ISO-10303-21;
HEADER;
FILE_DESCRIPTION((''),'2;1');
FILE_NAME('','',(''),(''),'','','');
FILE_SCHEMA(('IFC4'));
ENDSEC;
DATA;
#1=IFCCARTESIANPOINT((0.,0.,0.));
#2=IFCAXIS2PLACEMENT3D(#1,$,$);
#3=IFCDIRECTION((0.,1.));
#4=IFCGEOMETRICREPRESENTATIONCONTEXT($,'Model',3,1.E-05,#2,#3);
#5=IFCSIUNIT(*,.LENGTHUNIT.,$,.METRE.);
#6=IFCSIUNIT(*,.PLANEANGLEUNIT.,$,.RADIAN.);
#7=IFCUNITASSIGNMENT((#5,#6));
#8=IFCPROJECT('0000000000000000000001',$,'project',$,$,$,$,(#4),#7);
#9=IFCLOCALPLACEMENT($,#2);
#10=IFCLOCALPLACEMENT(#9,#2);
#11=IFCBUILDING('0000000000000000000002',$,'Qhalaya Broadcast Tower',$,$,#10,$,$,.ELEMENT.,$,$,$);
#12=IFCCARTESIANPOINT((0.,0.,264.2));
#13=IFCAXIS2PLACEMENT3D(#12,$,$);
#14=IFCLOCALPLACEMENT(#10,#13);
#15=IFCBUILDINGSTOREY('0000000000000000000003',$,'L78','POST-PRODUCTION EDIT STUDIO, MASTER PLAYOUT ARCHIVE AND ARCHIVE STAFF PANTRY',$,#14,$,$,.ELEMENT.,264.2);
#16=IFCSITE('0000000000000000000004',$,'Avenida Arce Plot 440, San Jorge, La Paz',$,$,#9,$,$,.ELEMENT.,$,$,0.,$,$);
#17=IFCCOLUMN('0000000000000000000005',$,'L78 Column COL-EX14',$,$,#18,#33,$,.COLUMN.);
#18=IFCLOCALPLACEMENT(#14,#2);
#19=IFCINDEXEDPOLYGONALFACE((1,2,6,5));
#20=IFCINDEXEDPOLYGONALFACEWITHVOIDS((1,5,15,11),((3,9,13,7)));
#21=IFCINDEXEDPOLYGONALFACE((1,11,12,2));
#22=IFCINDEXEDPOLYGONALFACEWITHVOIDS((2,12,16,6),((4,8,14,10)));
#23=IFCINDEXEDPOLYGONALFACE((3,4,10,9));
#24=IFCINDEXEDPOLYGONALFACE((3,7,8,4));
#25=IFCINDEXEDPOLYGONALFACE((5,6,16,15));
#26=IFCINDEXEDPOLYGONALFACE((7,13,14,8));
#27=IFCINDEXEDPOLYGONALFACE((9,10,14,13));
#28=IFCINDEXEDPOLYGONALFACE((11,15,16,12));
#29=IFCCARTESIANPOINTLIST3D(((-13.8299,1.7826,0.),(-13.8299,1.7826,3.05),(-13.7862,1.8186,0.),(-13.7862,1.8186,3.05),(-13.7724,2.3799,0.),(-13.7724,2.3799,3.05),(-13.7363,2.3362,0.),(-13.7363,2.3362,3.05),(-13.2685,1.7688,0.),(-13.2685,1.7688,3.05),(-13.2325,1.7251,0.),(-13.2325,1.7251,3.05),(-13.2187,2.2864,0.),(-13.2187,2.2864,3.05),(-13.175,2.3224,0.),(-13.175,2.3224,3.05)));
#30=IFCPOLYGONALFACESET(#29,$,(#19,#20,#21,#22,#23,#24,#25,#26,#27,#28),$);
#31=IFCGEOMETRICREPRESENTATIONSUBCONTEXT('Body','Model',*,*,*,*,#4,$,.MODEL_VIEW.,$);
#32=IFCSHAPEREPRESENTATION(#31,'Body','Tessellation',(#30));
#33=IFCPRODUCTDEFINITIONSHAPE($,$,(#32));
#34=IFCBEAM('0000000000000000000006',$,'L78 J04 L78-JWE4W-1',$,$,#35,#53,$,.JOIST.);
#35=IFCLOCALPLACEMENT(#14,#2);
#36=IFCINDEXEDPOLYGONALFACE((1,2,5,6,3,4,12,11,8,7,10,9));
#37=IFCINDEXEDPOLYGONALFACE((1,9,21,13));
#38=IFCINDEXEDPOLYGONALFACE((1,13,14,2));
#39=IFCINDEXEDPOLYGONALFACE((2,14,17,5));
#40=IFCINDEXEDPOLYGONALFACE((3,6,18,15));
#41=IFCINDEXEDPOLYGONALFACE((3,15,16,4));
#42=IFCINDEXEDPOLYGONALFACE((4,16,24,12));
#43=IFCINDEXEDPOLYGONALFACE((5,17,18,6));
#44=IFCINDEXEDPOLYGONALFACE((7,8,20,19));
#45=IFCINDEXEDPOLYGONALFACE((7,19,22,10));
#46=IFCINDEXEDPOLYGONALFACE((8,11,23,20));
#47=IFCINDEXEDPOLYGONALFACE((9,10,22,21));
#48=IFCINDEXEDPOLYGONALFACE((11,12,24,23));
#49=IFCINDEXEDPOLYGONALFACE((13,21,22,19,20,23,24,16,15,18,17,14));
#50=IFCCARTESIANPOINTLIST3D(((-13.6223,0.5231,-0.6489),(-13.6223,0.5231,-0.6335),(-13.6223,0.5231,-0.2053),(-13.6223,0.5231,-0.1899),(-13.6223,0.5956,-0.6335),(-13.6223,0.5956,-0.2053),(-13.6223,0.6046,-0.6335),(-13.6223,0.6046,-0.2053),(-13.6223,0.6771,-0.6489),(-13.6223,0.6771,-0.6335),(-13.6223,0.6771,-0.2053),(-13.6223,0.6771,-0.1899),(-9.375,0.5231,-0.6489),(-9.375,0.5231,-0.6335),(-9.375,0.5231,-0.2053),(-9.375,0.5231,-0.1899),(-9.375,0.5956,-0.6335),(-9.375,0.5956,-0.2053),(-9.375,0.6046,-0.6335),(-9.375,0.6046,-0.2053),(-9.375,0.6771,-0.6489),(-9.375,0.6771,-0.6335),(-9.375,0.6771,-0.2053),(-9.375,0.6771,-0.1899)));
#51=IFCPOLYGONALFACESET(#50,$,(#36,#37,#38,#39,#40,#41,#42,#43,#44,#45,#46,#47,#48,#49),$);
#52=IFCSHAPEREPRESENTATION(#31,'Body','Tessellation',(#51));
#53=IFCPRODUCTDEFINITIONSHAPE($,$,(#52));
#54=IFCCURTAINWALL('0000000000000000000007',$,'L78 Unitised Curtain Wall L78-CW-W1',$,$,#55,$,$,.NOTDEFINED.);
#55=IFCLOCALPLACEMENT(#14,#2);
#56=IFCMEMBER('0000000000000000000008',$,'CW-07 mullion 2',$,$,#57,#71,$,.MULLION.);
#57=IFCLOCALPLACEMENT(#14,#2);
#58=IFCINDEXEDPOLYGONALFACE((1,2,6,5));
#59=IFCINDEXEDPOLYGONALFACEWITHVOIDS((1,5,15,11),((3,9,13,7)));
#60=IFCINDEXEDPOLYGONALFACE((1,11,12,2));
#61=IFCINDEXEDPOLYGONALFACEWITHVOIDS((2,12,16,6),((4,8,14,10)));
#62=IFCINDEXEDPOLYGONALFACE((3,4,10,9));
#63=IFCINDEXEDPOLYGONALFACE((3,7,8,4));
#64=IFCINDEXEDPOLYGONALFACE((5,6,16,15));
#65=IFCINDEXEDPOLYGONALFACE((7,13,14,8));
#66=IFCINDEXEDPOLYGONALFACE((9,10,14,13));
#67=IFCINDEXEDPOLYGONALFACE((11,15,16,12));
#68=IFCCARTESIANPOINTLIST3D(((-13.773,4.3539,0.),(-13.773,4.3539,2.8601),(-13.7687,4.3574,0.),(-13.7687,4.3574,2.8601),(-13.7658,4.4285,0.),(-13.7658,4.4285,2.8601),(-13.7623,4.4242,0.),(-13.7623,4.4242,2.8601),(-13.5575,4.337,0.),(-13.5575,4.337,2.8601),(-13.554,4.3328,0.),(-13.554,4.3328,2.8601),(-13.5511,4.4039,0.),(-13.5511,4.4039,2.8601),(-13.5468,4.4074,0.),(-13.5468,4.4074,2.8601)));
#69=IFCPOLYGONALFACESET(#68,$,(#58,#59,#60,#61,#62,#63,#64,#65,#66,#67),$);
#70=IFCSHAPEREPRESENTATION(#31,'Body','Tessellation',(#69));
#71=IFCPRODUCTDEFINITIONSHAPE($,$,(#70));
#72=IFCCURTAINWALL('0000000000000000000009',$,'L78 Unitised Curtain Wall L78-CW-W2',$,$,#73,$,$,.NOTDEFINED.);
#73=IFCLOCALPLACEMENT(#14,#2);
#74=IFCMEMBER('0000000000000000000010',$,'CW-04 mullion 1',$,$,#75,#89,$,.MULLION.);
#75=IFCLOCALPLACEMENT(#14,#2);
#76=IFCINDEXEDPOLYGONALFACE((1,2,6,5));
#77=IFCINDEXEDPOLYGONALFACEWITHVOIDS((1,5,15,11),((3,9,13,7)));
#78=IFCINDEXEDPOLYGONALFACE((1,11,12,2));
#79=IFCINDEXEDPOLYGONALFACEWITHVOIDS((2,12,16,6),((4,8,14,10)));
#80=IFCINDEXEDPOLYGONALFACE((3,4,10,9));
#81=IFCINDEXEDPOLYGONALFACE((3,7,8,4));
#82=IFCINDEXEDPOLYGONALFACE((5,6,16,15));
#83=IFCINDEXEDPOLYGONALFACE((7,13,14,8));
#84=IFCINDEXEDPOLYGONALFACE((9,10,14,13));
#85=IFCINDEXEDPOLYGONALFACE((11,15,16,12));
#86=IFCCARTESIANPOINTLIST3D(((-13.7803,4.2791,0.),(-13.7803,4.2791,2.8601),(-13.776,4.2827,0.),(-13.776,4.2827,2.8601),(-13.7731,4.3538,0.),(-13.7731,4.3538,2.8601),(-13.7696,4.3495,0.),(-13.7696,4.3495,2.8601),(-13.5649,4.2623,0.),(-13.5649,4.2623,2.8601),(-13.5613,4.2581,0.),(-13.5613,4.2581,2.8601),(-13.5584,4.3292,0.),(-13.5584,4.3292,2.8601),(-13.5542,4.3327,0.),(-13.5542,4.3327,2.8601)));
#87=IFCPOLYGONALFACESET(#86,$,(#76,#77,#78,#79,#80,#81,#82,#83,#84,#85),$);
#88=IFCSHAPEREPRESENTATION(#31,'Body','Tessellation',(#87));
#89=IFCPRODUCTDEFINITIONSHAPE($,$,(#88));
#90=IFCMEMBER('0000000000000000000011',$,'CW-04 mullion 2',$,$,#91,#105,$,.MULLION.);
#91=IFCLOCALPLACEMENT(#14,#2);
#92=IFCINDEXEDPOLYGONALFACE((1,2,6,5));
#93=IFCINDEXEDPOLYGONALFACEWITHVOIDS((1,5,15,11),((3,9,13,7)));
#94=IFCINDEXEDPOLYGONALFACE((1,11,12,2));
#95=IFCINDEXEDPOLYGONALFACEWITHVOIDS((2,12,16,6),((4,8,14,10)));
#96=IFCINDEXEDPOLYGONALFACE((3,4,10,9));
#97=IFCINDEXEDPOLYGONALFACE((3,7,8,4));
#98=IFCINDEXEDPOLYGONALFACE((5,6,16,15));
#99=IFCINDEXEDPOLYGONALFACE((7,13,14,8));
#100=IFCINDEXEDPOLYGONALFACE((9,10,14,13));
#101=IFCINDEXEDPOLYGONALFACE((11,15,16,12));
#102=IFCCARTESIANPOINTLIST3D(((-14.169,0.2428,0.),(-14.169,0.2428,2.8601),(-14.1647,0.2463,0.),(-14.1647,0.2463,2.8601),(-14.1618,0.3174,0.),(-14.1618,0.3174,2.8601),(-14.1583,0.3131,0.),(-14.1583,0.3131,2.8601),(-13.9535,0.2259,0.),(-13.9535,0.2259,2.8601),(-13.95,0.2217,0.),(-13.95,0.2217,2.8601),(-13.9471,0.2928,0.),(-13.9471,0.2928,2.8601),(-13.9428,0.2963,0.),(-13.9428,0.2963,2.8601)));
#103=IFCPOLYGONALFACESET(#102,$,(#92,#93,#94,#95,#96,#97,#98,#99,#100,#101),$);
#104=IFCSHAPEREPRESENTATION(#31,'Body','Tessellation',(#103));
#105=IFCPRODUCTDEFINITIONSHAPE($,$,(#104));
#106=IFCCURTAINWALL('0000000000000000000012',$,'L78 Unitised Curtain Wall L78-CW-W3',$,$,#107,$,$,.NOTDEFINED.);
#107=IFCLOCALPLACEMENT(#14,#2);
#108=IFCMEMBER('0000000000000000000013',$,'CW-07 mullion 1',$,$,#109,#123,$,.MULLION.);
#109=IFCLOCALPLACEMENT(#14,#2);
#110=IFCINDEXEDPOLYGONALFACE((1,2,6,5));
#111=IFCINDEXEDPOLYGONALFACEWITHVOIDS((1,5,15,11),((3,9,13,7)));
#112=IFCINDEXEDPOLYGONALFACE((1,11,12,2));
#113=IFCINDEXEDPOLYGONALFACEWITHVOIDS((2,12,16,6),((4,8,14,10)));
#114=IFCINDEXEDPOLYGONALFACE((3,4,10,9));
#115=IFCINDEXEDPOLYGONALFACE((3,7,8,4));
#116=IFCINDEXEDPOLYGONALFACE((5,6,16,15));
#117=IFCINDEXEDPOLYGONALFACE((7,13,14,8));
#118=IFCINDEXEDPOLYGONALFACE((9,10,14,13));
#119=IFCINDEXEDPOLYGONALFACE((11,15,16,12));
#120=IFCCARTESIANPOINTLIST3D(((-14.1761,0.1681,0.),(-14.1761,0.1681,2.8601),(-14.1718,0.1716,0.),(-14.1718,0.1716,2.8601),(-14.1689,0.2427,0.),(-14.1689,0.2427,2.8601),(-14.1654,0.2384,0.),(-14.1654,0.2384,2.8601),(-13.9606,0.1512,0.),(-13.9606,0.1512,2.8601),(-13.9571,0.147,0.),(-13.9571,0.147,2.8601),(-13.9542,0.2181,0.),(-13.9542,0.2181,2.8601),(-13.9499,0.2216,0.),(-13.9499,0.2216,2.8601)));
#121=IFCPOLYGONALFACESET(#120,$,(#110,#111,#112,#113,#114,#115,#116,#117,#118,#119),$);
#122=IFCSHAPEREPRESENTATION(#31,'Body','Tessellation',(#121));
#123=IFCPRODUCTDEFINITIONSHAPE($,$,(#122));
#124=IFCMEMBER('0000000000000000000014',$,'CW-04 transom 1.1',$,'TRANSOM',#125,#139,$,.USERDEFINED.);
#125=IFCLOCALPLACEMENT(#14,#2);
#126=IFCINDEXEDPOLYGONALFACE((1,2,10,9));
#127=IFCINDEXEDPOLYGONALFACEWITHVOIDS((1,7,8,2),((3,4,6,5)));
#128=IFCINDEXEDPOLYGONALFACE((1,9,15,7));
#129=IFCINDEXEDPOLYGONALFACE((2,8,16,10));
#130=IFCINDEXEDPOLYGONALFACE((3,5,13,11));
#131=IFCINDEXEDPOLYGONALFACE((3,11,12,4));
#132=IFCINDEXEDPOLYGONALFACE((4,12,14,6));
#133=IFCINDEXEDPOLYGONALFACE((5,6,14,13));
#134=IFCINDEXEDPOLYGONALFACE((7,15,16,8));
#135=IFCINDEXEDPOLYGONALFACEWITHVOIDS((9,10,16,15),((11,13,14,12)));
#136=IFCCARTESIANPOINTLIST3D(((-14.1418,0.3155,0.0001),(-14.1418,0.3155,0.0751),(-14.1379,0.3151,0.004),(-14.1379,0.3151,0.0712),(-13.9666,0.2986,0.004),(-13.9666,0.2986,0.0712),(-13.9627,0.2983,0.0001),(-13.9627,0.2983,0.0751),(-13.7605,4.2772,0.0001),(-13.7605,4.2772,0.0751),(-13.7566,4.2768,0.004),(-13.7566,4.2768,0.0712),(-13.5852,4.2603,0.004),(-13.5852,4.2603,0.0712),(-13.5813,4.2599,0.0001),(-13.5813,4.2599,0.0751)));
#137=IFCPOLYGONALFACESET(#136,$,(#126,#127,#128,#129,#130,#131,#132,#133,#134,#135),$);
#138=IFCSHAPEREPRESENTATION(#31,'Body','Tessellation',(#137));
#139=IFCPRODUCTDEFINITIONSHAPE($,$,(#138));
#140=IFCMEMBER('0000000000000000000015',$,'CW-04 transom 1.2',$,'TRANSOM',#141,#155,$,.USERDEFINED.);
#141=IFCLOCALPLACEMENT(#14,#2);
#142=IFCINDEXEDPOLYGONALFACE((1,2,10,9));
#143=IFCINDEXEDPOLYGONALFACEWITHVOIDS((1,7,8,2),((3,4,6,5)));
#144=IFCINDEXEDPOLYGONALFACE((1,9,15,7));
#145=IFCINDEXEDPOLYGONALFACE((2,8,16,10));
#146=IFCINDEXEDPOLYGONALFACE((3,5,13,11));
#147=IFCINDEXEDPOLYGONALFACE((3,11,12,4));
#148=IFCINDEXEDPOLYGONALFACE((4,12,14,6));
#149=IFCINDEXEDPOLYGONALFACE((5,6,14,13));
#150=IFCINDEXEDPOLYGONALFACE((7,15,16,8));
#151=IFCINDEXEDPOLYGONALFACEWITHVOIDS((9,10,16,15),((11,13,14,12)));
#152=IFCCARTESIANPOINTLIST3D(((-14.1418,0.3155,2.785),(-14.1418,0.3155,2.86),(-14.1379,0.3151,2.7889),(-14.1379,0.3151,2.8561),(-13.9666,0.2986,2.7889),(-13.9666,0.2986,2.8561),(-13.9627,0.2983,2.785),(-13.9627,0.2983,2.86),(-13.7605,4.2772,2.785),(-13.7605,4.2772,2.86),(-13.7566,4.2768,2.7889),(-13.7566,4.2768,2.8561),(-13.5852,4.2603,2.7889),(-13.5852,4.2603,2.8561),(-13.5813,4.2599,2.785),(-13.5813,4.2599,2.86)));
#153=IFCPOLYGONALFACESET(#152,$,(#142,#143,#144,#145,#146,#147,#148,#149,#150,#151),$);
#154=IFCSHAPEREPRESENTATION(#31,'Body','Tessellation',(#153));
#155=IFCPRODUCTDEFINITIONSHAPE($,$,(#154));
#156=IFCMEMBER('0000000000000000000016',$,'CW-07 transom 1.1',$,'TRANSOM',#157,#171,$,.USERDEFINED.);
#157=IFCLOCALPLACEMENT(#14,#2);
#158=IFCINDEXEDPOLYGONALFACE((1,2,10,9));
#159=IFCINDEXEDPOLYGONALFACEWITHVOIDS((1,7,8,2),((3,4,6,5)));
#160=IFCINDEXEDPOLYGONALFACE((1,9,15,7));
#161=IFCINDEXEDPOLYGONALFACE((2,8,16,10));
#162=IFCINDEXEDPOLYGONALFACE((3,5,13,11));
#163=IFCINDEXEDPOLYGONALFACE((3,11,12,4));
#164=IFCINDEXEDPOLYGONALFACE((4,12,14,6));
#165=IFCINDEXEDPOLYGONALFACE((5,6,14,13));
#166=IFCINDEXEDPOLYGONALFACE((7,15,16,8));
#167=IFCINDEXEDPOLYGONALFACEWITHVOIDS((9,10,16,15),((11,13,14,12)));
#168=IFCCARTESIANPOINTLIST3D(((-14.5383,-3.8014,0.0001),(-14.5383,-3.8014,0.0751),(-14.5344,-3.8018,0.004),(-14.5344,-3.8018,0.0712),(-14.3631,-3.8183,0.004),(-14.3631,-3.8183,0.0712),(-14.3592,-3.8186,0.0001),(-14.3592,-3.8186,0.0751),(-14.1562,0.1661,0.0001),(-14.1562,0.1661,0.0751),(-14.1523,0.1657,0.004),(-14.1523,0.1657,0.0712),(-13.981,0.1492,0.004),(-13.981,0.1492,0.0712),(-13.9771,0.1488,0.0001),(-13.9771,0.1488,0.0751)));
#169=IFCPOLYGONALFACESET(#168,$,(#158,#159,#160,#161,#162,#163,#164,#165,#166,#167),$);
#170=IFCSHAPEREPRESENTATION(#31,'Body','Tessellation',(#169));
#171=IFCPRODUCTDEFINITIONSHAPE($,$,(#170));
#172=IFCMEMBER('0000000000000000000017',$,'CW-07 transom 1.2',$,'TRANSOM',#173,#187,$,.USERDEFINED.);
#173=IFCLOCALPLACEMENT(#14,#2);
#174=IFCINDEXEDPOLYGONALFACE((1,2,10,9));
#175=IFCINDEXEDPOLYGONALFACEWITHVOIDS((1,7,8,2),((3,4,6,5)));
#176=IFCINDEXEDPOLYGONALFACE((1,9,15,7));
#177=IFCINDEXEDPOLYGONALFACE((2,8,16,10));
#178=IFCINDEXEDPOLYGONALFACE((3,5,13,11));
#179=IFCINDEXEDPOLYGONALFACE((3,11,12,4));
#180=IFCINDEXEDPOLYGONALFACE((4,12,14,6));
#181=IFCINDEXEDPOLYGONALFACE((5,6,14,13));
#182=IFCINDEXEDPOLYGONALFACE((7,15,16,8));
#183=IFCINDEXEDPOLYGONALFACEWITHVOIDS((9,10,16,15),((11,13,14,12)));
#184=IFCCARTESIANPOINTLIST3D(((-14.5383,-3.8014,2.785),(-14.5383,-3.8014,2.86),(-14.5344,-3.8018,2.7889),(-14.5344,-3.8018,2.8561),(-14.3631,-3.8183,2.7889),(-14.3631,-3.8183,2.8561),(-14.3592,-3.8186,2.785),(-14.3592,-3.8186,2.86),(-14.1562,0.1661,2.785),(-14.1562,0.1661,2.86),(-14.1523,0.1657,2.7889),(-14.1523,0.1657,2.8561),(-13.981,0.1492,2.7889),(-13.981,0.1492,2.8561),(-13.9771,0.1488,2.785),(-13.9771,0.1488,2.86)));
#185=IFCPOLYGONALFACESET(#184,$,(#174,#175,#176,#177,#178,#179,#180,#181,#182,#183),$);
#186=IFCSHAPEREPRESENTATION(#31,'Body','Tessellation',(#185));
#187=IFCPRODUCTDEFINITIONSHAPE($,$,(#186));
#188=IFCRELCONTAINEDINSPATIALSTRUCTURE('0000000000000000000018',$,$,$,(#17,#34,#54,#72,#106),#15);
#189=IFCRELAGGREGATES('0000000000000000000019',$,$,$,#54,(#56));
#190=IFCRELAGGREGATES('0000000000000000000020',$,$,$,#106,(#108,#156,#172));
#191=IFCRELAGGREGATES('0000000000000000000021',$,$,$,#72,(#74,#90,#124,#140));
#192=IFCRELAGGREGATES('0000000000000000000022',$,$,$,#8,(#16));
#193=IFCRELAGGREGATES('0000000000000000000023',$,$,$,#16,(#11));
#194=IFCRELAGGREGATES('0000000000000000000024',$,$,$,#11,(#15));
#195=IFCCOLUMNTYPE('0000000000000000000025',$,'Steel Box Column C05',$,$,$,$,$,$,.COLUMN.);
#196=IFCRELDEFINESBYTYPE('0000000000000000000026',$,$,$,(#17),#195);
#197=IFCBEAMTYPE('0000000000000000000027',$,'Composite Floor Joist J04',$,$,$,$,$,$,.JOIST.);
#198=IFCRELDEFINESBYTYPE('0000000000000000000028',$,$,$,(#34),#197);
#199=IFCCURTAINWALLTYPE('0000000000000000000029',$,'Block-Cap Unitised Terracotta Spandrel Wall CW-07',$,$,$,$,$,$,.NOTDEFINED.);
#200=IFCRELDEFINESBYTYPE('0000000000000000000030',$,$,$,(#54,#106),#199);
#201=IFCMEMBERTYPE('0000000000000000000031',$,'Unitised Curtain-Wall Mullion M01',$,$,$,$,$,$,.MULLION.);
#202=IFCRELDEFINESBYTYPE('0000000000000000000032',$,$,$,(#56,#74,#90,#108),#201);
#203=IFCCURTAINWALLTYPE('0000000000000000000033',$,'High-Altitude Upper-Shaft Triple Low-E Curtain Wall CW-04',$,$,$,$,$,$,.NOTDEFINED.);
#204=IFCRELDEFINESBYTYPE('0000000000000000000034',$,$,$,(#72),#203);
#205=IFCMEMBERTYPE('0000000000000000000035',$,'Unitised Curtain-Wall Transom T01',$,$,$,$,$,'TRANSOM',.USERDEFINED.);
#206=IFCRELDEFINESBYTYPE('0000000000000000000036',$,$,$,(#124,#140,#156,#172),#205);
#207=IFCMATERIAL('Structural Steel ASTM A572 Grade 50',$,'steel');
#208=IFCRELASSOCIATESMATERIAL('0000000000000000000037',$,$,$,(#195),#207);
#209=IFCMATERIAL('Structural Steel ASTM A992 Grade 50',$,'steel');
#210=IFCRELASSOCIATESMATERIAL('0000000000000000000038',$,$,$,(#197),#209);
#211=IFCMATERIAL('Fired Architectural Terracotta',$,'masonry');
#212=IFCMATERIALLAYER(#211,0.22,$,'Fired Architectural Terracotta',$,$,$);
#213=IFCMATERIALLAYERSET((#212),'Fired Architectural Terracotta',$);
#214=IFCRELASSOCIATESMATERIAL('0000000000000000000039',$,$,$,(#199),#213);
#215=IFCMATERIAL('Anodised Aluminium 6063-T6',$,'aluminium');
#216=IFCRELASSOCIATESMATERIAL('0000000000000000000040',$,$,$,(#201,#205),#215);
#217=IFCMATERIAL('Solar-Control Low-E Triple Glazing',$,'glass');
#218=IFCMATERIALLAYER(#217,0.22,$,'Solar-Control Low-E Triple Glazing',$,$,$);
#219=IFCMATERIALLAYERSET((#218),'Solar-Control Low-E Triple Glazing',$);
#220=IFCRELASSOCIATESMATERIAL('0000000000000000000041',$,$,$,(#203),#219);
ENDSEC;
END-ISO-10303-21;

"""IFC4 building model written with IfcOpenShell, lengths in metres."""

from ifc_helpers import new_model, si_unit, direction, frame, origin, origin_2d, place, context, subcontext, project, spatial, hollow_rectangle, i_section, extrude, material, layer, layer_set, material_profile, profile_set, type_object, element, aggregate, save


model = new_model("IFC4")

# Units and contexts
model_context = context("Model", 3, precision=1e-05, world=origin(), true_north=direction((0.0, 1.0)))
body_context = subcontext(model_context, "Body", "Model", "MODEL_VIEW")
ifc_project = project(units=[si_unit("LENGTHUNIT", "METRE"), si_unit("PLANEANGLEUNIT", "RADIAN")], contexts=[model_context])

# Site, building, storey
site_placement = place(None, origin())
site = spatial("IfcSite", under=ifc_project, at=site_placement, Name="Avenida Arce Plot 440, San Jorge, La Paz", CompositionType="ELEMENT", RefElevation=0.0)
building_placement = place(site_placement, origin())
building = spatial("IfcBuilding", under=site, at=building_placement, Name="Qhalaya Broadcast Tower", CompositionType="ELEMENT")
storey_placement = place(building_placement, frame((0.0, 0.0, 264.2)))
storey = spatial("IfcBuildingStorey", under=building, at=storey_placement, Name="L78", Description="POST-PRODUCTION EDIT STUDIO, MASTER PLAYOUT ARCHIVE AND ARCHIVE STAFF PANTRY", CompositionType="ELEMENT", Elevation=264.2)

# Column
ifc_material_1 = material(Name="Structural Steel ASTM A572 Grade 50", Category="steel")
ifc_material_profile_1 = material_profile(ifc_material_1, hollow_rectangle(XDim=0.6001, YDim=0.6001, WallThickness=0.04, at=origin_2d()), Name="BOX 600x600x40")
ifc_profile_set_1 = profile_set([ifc_material_profile_1], Name="Structural Steel ASTM A572 Grade 50")
column_type = type_object("IfcColumnType", Name="Steel Box Column C05", PredefinedType="COLUMN", material=ifc_profile_set_1)
column_placement = place(storey_placement, frame((-13.5024, 2.0525, 0.0), z_axis=(0.0, 0.0, 1.0), x_axis=(0.095846, 0.995396, 0.0)))
element("IfcColumn", 1, at=column_placement, inside=storey, type_object=column_type, Name="L78 Column COL-EX14", PredefinedType="COLUMN", context=body_context, shape_type="SweptSolid", body=[
    extrude(hollow_rectangle(XDim=0.6001, YDim=0.6001, WallThickness=0.04, at=origin_2d()), origin(), (0.0, 0.0, 1.0), 3.05),
])

# Beam
ifc_material_2 = material(Name="Structural Steel ASTM A992 Grade 50", Category="steel")
ifc_material_profile_2 = material_profile(ifc_material_2, i_section(OverallWidth=0.1541, OverallDepth=0.459, WebThickness=0.009, FlangeThickness=0.0154, at=origin_2d()), Name="W18X46")
ifc_profile_set_2 = profile_set([ifc_material_profile_2], Name="Structural Steel ASTM A992 Grade 50")
beam_type_1 = type_object("IfcBeamType", Name="Composite Floor Joist J04", PredefinedType="JOIST", material=ifc_profile_set_2)
beam_1_placement = place(storey_placement, frame((-13.6223, 0.6001, -0.4194), z_axis=(1.0, 0.0, 0.0), x_axis=(0.0, 1.0, 0.0)))
element("IfcBeam", 2, at=beam_1_placement, inside=storey, type_object=beam_type_1, Name="L78 J04 L78-JWE4W-1", PredefinedType="JOIST", context=body_context, shape_type="SweptSolid", body=[
    extrude(i_section(OverallWidth=0.1541, OverallDepth=0.459, WebThickness=0.009, FlangeThickness=0.0154, at=origin_2d()), origin(), (0.0, 0.0, 1.0), 4.2473),
])

# Curtain wall, member
ifc_material_3 = material(Name="Fired Architectural Terracotta", Category="masonry")
ifc_layer_1 = layer(ifc_material_3, 0.22, Name="Fired Architectural Terracotta")
ifc_layer_set_1 = layer_set([ifc_layer_1], Name="Fired Architectural Terracotta")
curtain_wall_type_1 = type_object("IfcCurtainWallType", Name="Block-Cap Unitised Terracotta Spandrel Wall CW-07", PredefinedType="NOTDEFINED", material=ifc_layer_set_1)
curtain_wall_1_placement = place(storey_placement, origin())
curtain_wall_1 = element("IfcCurtainWall", 3, at=curtain_wall_1_placement, inside=storey, type_object=curtain_wall_type_1, Name="L78 Unitised Curtain Wall L78-CW-W1", PredefinedType="NOTDEFINED")
ifc_material_4 = material(Name="Anodised Aluminium 6063-T6", Category="aluminium")
ifc_material_profile_3 = material_profile(ifc_material_4, hollow_rectangle(XDim=0.075, YDim=0.22, WallThickness=0.0039, at=origin_2d()), Name="ALU-MUL 75x220x4")
ifc_profile_set_3 = profile_set([ifc_material_profile_3], Name="Anodised Aluminium 6063-T6")
member_type_1 = type_object("IfcMemberType", Name="Unitised Curtain-Wall Mullion M01", PredefinedType="MULLION", material=ifc_profile_set_3)
member_1_placement = place(storey_placement, frame((-13.6599, 4.3806, 0.0), z_axis=(0.0, 0.0, 1.0), x_axis=(-0.09584, -0.995397, 0.0)))
member_1 = element("IfcMember", 4, at=member_1_placement, type_object=member_type_1, Name="CW-07 mullion 2", PredefinedType="MULLION", context=body_context, shape_type="SweptSolid", body=[
    extrude(hollow_rectangle(XDim=0.075, YDim=0.22, WallThickness=0.0039, at=origin_2d()), origin(), (0.0, 0.0, 1.0), 2.8601),
])

# Curtain wall, members
ifc_material_5 = material(Name="Solar-Control Low-E Triple Glazing", Category="glass")
ifc_layer_2 = layer(ifc_material_5, 0.22, Name="Solar-Control Low-E Triple Glazing")
ifc_layer_set_2 = layer_set([ifc_layer_2], Name="Solar-Control Low-E Triple Glazing")
curtain_wall_type_2 = type_object("IfcCurtainWallType", Name="High-Altitude Upper-Shaft Triple Low-E Curtain Wall CW-04", PredefinedType="NOTDEFINED", material=ifc_layer_set_2)
curtain_wall_2_placement = place(storey_placement, origin())
curtain_wall_2 = element("IfcCurtainWall", 5, at=curtain_wall_2_placement, inside=storey, type_object=curtain_wall_type_2, Name="L78 Unitised Curtain Wall L78-CW-W2", PredefinedType="NOTDEFINED")
member_2_placement = place(storey_placement, frame((-13.6672, 4.3059, 0.0), z_axis=(0.0, 0.0, 1.0), x_axis=(-0.095859, -0.995395, 0.0)))
member_2 = element("IfcMember", 6, at=member_2_placement, type_object=member_type_1, Name="CW-04 mullion 1", PredefinedType="MULLION", context=body_context, shape_type="SweptSolid", body=[
    extrude(hollow_rectangle(XDim=0.075, YDim=0.22, WallThickness=0.0039, at=origin_2d()), origin(), (0.0, 0.0, 1.0), 2.8601),
])
member_3_placement = place(storey_placement, frame((-14.0559, 0.2695, 0.0), z_axis=(0.0, 0.0, 1.0), x_axis=(-0.095859, -0.995395, 0.0)))
member_3 = element("IfcMember", 7, at=member_3_placement, type_object=member_type_1, Name="CW-04 mullion 2", PredefinedType="MULLION", context=body_context, shape_type="SweptSolid", body=[
    extrude(hollow_rectangle(XDim=0.075, YDim=0.22, WallThickness=0.0039, at=origin_2d()), origin(), (0.0, 0.0, 1.0), 2.8601),
])

# Curtain wall, member
curtain_wall_3_placement = place(storey_placement, origin())
curtain_wall_3 = element("IfcCurtainWall", 8, at=curtain_wall_3_placement, inside=storey, type_object=curtain_wall_type_1, Name="L78 Unitised Curtain Wall L78-CW-W3", PredefinedType="NOTDEFINED")
member_4_placement = place(storey_placement, frame((-14.063, 0.1948, 0.0), z_axis=(0.0, 0.0, 1.0), x_axis=(-0.095843, -0.995396, 0.0)))
member_4 = element("IfcMember", 9, at=member_4_placement, type_object=member_type_1, Name="CW-07 mullion 1", PredefinedType="MULLION", context=body_context, shape_type="SweptSolid", body=[
    extrude(hollow_rectangle(XDim=0.075, YDim=0.22, WallThickness=0.0039, at=origin_2d()), origin(), (0.0, 0.0, 1.0), 2.8601),
])

# Members
ifc_material_profile_4 = material_profile(ifc_material_4, hollow_rectangle(XDim=0.075, YDim=0.1799, WallThickness=0.0039, at=origin_2d()), Name="ALU-TRN 75x180x4")
ifc_profile_set_4 = profile_set([ifc_material_profile_4], Name="Anodised Aluminium 6063-T6")
member_type_2 = type_object("IfcMemberType", Name="Unitised Curtain-Wall Transom T01", ElementType="TRANSOM", PredefinedType="USERDEFINED", material=ifc_profile_set_4)
member_5_placement = place(storey_placement, frame((-13.6709, 4.2686, 0.0376), z_axis=(-0.095816, -0.995399, 0.0), x_axis=(0.0, 0.0, 1.0)))
member_5 = element("IfcMember", 10, at=member_5_placement, type_object=member_type_2, Name="CW-04 transom 1.1", ObjectType="TRANSOM", PredefinedType="USERDEFINED", context=body_context, shape_type="SweptSolid", body=[
    extrude(hollow_rectangle(XDim=0.075, YDim=0.1799, WallThickness=0.0039, at=origin_2d()), origin(), (0.0, 0.0, 1.0), 3.98),
])
member_6_placement = place(storey_placement, frame((-13.6709, 4.2686, 2.8225), z_axis=(-0.095816, -0.995399, 0.0), x_axis=(0.0, 0.0, 1.0)))
member_6 = element("IfcMember", 11, at=member_6_placement, type_object=member_type_2, Name="CW-04 transom 1.2", ObjectType="TRANSOM", PredefinedType="USERDEFINED", context=body_context, shape_type="SweptSolid", body=[
    extrude(hollow_rectangle(XDim=0.075, YDim=0.1799, WallThickness=0.0039, at=origin_2d()), origin(), (0.0, 0.0, 1.0), 3.98),
])
member_7_placement = place(storey_placement, frame((-14.0667, 0.1575, 0.0376), z_axis=(-0.095858, -0.995395, 0.0), x_axis=(0.0, 0.0, 1.0)))
member_7 = element("IfcMember", 12, at=member_7_placement, type_object=member_type_2, Name="CW-07 transom 1.1", ObjectType="TRANSOM", PredefinedType="USERDEFINED", context=body_context, shape_type="SweptSolid", body=[
    extrude(hollow_rectangle(XDim=0.075, YDim=0.1799, WallThickness=0.0039, at=origin_2d()), origin(), (0.0, 0.0, 1.0), 3.9858),
])
member_8_placement = place(storey_placement, frame((-14.0667, 0.1575, 2.8225), z_axis=(-0.095858, -0.995395, 0.0), x_axis=(0.0, 0.0, 1.0)))
member_8 = element("IfcMember", 13, at=member_8_placement, type_object=member_type_2, Name="CW-07 transom 1.2", ObjectType="TRANSOM", PredefinedType="USERDEFINED", context=body_context, shape_type="SweptSolid", body=[
    extrude(hollow_rectangle(XDim=0.075, YDim=0.1799, WallThickness=0.0039, at=origin_2d()), origin(), (0.0, 0.0, 1.0), 3.9858),
])

aggregate(curtain_wall_1, [member_1])
aggregate(curtain_wall_3, [member_4, member_7, member_8])
aggregate(curtain_wall_2, [member_2, member_3, member_5, member_6])

save(model, "model.ifc")
